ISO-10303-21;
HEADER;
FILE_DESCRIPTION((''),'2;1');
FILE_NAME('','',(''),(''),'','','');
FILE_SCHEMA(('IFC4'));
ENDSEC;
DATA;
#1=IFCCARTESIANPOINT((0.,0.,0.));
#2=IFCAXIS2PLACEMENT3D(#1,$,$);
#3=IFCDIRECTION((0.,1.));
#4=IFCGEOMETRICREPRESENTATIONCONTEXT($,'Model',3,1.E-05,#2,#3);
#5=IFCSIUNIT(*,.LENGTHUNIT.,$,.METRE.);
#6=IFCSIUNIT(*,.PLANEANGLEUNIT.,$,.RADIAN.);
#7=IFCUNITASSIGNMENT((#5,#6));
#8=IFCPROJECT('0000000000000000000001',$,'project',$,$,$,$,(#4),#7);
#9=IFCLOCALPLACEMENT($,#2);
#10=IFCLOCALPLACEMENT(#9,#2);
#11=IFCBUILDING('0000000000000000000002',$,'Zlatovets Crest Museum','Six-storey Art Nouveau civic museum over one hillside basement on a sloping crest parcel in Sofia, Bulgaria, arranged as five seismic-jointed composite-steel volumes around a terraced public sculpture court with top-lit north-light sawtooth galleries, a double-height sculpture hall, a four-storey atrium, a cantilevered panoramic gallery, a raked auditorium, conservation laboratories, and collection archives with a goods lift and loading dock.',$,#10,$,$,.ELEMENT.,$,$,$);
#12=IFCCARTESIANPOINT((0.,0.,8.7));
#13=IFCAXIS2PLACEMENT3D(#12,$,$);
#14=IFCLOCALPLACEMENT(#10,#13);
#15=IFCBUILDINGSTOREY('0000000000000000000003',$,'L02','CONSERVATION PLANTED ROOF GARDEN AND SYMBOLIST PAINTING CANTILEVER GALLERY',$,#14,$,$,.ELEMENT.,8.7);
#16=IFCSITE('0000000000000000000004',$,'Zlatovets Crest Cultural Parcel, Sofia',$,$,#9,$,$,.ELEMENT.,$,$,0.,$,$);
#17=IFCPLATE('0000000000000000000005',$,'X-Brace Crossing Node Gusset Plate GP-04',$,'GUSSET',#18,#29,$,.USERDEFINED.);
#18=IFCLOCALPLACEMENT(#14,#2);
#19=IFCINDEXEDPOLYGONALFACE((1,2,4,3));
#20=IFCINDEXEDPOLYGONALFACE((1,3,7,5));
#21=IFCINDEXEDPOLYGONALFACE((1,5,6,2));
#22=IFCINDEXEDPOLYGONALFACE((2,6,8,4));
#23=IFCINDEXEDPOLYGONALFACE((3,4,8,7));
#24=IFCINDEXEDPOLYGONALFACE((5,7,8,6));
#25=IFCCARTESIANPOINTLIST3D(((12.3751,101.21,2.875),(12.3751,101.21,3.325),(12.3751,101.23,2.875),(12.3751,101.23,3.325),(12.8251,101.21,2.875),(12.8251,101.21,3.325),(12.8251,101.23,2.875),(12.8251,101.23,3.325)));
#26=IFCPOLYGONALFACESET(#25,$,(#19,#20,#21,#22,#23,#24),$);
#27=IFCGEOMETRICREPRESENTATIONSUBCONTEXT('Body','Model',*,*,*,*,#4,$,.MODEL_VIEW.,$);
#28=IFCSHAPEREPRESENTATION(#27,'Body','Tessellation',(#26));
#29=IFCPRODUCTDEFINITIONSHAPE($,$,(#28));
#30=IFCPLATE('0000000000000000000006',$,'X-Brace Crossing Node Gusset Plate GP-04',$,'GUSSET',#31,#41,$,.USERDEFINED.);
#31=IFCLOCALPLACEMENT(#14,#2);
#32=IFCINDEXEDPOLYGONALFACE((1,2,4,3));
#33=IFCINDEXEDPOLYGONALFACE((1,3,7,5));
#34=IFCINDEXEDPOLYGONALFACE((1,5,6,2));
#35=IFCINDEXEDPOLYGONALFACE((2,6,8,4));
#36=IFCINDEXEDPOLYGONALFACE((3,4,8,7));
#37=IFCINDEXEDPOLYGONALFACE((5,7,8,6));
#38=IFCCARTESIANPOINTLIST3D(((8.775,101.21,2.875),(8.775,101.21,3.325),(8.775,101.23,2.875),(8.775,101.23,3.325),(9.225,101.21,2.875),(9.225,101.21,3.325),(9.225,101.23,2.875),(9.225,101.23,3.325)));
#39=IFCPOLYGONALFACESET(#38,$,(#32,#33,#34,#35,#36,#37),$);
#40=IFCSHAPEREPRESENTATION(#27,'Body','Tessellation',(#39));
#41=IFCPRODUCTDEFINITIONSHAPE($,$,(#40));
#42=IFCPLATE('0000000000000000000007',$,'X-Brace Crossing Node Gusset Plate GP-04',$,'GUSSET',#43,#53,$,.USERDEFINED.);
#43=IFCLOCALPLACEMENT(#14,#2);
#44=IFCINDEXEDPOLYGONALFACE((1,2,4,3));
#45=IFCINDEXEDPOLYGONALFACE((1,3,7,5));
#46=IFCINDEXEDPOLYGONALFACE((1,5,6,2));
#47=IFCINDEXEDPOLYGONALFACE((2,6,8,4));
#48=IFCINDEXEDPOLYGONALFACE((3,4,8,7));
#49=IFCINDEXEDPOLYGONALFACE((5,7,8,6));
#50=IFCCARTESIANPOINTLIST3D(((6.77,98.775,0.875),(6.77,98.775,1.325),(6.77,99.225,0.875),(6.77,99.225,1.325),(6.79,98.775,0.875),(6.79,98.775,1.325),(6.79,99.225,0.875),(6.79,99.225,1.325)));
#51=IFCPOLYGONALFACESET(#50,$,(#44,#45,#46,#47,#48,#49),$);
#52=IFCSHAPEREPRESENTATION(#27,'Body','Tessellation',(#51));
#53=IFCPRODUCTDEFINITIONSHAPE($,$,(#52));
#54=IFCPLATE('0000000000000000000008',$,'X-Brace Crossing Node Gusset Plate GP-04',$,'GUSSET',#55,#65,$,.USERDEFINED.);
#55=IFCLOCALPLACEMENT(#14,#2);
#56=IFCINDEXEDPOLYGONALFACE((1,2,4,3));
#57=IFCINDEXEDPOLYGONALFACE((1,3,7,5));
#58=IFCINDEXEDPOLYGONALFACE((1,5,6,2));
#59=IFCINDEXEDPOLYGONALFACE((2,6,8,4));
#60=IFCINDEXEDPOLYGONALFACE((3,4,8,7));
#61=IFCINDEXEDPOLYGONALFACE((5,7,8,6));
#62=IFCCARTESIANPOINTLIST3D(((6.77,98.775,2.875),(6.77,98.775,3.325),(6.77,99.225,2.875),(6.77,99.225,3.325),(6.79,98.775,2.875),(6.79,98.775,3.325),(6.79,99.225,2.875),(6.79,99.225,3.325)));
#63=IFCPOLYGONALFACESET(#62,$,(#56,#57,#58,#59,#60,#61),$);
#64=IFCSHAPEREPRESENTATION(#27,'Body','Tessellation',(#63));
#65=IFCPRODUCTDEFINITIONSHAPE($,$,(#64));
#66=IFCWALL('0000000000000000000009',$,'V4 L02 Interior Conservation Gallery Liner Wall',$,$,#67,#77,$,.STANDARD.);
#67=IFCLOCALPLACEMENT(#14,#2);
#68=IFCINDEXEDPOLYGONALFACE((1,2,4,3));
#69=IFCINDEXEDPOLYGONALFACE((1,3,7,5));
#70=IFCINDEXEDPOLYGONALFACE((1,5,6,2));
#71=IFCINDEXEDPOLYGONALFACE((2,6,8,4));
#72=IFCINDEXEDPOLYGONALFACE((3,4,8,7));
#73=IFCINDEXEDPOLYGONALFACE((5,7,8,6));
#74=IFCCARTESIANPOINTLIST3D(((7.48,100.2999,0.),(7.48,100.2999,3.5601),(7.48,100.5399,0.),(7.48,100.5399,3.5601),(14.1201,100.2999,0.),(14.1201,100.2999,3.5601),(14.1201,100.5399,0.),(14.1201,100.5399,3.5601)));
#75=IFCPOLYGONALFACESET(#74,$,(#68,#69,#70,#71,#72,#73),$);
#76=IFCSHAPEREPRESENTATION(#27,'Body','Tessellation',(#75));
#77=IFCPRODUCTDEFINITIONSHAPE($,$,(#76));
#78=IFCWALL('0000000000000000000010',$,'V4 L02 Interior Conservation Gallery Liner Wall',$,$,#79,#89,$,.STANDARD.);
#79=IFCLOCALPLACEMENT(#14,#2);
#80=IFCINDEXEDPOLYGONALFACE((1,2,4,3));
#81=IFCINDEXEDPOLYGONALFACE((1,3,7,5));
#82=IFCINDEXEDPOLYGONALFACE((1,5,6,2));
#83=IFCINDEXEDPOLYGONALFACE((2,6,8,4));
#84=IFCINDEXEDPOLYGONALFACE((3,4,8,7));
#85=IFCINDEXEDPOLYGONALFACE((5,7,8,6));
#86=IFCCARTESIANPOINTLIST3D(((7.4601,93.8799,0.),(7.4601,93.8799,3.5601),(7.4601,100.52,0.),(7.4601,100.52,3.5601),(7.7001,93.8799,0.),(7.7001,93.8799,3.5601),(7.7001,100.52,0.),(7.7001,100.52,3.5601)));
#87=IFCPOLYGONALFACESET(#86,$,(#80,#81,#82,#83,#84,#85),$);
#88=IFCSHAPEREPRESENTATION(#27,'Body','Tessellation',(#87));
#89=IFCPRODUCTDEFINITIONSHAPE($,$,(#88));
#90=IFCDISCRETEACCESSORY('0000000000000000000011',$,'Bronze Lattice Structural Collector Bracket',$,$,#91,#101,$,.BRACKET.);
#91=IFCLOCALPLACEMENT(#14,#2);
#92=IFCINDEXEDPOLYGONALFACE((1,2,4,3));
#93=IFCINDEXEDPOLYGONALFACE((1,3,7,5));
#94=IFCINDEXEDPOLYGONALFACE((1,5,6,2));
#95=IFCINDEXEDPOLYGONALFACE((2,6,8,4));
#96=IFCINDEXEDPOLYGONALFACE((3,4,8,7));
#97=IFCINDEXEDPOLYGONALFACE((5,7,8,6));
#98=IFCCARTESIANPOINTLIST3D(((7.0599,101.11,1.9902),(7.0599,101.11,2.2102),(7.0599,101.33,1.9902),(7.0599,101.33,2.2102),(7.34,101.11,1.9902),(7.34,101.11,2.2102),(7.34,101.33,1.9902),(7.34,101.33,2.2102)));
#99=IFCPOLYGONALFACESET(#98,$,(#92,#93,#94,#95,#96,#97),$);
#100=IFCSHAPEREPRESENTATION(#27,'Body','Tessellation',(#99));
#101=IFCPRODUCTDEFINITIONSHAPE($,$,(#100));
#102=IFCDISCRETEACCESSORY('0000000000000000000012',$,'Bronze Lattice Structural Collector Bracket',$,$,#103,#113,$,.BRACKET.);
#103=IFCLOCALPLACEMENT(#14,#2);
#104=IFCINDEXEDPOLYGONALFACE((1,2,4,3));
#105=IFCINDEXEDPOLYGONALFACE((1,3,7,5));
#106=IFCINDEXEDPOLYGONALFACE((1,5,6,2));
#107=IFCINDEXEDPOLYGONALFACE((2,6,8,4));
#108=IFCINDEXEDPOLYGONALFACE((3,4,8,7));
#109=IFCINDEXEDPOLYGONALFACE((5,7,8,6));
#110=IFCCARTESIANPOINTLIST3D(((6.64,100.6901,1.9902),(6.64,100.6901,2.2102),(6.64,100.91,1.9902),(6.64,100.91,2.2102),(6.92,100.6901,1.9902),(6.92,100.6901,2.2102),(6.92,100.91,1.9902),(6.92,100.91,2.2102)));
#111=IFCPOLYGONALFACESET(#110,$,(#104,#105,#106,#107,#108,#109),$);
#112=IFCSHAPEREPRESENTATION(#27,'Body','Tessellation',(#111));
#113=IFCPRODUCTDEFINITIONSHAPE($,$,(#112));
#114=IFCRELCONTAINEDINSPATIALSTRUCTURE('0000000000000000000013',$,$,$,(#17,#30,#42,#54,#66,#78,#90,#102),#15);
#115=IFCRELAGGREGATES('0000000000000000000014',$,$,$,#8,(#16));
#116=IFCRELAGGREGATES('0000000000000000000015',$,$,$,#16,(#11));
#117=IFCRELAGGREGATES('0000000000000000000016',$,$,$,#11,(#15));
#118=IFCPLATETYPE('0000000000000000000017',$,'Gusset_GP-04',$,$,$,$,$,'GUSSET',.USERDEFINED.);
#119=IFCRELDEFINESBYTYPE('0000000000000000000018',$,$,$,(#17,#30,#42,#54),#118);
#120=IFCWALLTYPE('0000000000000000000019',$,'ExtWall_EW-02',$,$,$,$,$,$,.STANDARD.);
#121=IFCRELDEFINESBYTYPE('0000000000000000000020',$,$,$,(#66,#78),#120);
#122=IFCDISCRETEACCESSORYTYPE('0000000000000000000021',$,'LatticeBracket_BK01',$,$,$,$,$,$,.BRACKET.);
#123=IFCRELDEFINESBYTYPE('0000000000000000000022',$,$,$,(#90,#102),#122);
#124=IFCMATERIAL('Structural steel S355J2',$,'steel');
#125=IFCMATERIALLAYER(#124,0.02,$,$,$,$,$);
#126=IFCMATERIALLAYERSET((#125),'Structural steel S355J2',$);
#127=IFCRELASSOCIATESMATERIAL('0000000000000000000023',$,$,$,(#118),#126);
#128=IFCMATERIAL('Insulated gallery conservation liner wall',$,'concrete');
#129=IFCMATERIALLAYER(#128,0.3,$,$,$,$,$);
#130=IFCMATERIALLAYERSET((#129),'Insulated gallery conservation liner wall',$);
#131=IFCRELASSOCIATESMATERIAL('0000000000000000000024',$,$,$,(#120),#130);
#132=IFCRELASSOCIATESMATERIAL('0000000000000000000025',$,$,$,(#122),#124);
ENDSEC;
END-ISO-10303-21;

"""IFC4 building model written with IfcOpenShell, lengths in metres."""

from ifc_helpers import new_model, si_unit, direction, frame, frame_2d, origin, origin_2d, place, context, subcontext, project, spatial, rectangle, extrude, material, layer, layer_set, type_object, element, save


model = new_model("IFC4")

# Units and contexts
model_context = context("Model", 3, precision=1e-05, world=origin(), true_north=direction((0.0, 1.0)))
body_context = subcontext(model_context, "Body", "Model", "MODEL_VIEW")
ifc_project = project(units=[si_unit("LENGTHUNIT", "METRE"), si_unit("PLANEANGLEUNIT", "RADIAN")], contexts=[model_context])

# Site, building, storey
site_placement = place(None, origin())
site = spatial("IfcSite", under=ifc_project, at=site_placement, Name="Zlatovets Crest Cultural Parcel, Sofia", CompositionType="ELEMENT", RefElevation=0.0)
building_placement = place(site_placement, origin())
building = spatial("IfcBuilding", under=site, at=building_placement, Name="Zlatovets Crest Museum", Description="Six-storey Art Nouveau civic museum over one hillside basement on a sloping crest parcel in Sofia, Bulgaria, arranged as five seismic-jointed composite-steel volumes around a terraced public sculpture court with top-lit north-light sawtooth galleries, a double-height sculpture hall, a four-storey atrium, a cantilevered panoramic gallery, a raked auditorium, conservation laboratories, and collection archives with a goods lift and loading dock.", CompositionType="ELEMENT")
storey_placement = place(building_placement, frame((0.0, 0.0, 8.7)))
storey = spatial("IfcBuildingStorey", under=building, at=storey_placement, Name="L02", Description="CONSERVATION PLANTED ROOF GARDEN AND SYMBOLIST PAINTING CANTILEVER GALLERY", CompositionType="ELEMENT", Elevation=8.7)

# Shared definitions
ifc_material_1 = material(Name="Structural steel S355J2", Category="steel")

# Plates
ifc_layer_1 = layer(ifc_material_1, 0.02)
ifc_layer_set_1 = layer_set([ifc_layer_1], Name="Structural steel S355J2")
plate_type_1 = type_object("IfcPlateType", Name="Gusset_GP-04", ElementType="GUSSET", PredefinedType="USERDEFINED", material=ifc_layer_set_1)
for number, where, z_axis, x_axis, name in (
    (1, (12.6001, 101.22, 2.875), (0.0, 0.0, 1.0), (1.0, 0.0, 0.0), "X-Brace Crossing Node Gusset Plate GP-04"),
    (2, (9.0, 101.22, 2.875), (0.0, 0.0, 1.0), (1.0, 0.0, 0.0), "X-Brace Crossing Node Gusset Plate GP-04"),
):
    element("IfcPlate", number, at=place(storey_placement, frame(where, z_axis=z_axis, x_axis=x_axis)), inside=storey, type_object=plate_type_1, Name=name, ObjectType="GUSSET", PredefinedType="USERDEFINED", context=body_context, shape_type="SweptSolid", body=[
        extrude(rectangle(XDim=0.45, YDim=0.02, at=origin_2d()), origin(), (0.0, 0.0, 1.0), 0.45),
    ])
for number, where, z_axis, x_axis, name in (
    (3, (6.78, 99.0, 0.875), (0.0, 0.0, 1.0), (1.0, 0.0, 0.0), "X-Brace Crossing Node Gusset Plate GP-04"),
    (4, (6.78, 99.0, 2.875), (0.0, 0.0, 1.0), (1.0, 0.0, 0.0), "X-Brace Crossing Node Gusset Plate GP-04"),
):
    element("IfcPlate", number, at=place(storey_placement, frame(where, z_axis=z_axis, x_axis=x_axis)), inside=storey, type_object=plate_type_1, Name=name, ObjectType="GUSSET", PredefinedType="USERDEFINED", context=body_context, shape_type="SweptSolid", body=[
        extrude(rectangle(XDim=0.02, YDim=0.45, at=origin_2d()), origin(), (0.0, 0.0, 1.0), 0.45),
    ])

# Walls
ifc_material_2 = material(Name="Insulated gallery conservation liner wall", Category="concrete")
ifc_layer_2 = layer(ifc_material_2, 0.3)
ifc_layer_set_2 = layer_set([ifc_layer_2], Name="Insulated gallery conservation liner wall")
wall_type = type_object("IfcWallType", Name="ExtWall_EW-02", PredefinedType="STANDARD", material=ifc_layer_set_2)
for number, where, z_axis, x_axis, name in (
    (5, (14.1201, 100.4199, 0.0), (0.0, 0.0, 1.0), (-1.0, 0.0, 0.0), "V4 L02 Interior Conservation Gallery Liner Wall"),
    (6, (7.5801, 100.52, 0.0), (0.0, 0.0, 1.0), (0.0, -1.0, 0.0), "V4 L02 Interior Conservation Gallery Liner Wall"),
):
    element("IfcWall", number, at=place(storey_placement, frame(where, z_axis=z_axis, x_axis=x_axis)), inside=storey, type_object=wall_type, Name=name, PredefinedType="STANDARD", context=body_context, shape_type="SweptSolid", body=[
        extrude(rectangle(XDim=6.6401, YDim=0.24, at=frame_2d((3.3201, 0.0))), origin(), (0.0, 0.0, 1.0), 3.5601),
    ])

# Discrete accessories
discrete_accessory_type = type_object("IfcDiscreteAccessoryType", Name="LatticeBracket_BK01", PredefinedType="BRACKET", material=ifc_material_1)
for number, where, z_axis, x_axis, name in (
    (7, (7.2, 101.22, 1.9902), (0.0, 0.0, 1.0), (1.0, 0.0, 0.0), "Bronze Lattice Structural Collector Bracket"),
    (8, (6.78, 100.8, 1.9902), (0.0, 0.0, 1.0), (1.0, 0.0, 0.0), "Bronze Lattice Structural Collector Bracket"),
):
    element("IfcDiscreteAccessory", number, at=place(storey_placement, frame(where, z_axis=z_axis, x_axis=x_axis)), inside=storey, type_object=discrete_accessory_type, Name=name, PredefinedType="BRACKET", context=body_context, shape_type="SweptSolid", body=[
        extrude(rectangle(XDim=0.28, YDim=0.22, at=origin_2d()), origin(), (0.0, 0.0, 1.0), 0.22),
    ])

save(model, "model.ifc")
